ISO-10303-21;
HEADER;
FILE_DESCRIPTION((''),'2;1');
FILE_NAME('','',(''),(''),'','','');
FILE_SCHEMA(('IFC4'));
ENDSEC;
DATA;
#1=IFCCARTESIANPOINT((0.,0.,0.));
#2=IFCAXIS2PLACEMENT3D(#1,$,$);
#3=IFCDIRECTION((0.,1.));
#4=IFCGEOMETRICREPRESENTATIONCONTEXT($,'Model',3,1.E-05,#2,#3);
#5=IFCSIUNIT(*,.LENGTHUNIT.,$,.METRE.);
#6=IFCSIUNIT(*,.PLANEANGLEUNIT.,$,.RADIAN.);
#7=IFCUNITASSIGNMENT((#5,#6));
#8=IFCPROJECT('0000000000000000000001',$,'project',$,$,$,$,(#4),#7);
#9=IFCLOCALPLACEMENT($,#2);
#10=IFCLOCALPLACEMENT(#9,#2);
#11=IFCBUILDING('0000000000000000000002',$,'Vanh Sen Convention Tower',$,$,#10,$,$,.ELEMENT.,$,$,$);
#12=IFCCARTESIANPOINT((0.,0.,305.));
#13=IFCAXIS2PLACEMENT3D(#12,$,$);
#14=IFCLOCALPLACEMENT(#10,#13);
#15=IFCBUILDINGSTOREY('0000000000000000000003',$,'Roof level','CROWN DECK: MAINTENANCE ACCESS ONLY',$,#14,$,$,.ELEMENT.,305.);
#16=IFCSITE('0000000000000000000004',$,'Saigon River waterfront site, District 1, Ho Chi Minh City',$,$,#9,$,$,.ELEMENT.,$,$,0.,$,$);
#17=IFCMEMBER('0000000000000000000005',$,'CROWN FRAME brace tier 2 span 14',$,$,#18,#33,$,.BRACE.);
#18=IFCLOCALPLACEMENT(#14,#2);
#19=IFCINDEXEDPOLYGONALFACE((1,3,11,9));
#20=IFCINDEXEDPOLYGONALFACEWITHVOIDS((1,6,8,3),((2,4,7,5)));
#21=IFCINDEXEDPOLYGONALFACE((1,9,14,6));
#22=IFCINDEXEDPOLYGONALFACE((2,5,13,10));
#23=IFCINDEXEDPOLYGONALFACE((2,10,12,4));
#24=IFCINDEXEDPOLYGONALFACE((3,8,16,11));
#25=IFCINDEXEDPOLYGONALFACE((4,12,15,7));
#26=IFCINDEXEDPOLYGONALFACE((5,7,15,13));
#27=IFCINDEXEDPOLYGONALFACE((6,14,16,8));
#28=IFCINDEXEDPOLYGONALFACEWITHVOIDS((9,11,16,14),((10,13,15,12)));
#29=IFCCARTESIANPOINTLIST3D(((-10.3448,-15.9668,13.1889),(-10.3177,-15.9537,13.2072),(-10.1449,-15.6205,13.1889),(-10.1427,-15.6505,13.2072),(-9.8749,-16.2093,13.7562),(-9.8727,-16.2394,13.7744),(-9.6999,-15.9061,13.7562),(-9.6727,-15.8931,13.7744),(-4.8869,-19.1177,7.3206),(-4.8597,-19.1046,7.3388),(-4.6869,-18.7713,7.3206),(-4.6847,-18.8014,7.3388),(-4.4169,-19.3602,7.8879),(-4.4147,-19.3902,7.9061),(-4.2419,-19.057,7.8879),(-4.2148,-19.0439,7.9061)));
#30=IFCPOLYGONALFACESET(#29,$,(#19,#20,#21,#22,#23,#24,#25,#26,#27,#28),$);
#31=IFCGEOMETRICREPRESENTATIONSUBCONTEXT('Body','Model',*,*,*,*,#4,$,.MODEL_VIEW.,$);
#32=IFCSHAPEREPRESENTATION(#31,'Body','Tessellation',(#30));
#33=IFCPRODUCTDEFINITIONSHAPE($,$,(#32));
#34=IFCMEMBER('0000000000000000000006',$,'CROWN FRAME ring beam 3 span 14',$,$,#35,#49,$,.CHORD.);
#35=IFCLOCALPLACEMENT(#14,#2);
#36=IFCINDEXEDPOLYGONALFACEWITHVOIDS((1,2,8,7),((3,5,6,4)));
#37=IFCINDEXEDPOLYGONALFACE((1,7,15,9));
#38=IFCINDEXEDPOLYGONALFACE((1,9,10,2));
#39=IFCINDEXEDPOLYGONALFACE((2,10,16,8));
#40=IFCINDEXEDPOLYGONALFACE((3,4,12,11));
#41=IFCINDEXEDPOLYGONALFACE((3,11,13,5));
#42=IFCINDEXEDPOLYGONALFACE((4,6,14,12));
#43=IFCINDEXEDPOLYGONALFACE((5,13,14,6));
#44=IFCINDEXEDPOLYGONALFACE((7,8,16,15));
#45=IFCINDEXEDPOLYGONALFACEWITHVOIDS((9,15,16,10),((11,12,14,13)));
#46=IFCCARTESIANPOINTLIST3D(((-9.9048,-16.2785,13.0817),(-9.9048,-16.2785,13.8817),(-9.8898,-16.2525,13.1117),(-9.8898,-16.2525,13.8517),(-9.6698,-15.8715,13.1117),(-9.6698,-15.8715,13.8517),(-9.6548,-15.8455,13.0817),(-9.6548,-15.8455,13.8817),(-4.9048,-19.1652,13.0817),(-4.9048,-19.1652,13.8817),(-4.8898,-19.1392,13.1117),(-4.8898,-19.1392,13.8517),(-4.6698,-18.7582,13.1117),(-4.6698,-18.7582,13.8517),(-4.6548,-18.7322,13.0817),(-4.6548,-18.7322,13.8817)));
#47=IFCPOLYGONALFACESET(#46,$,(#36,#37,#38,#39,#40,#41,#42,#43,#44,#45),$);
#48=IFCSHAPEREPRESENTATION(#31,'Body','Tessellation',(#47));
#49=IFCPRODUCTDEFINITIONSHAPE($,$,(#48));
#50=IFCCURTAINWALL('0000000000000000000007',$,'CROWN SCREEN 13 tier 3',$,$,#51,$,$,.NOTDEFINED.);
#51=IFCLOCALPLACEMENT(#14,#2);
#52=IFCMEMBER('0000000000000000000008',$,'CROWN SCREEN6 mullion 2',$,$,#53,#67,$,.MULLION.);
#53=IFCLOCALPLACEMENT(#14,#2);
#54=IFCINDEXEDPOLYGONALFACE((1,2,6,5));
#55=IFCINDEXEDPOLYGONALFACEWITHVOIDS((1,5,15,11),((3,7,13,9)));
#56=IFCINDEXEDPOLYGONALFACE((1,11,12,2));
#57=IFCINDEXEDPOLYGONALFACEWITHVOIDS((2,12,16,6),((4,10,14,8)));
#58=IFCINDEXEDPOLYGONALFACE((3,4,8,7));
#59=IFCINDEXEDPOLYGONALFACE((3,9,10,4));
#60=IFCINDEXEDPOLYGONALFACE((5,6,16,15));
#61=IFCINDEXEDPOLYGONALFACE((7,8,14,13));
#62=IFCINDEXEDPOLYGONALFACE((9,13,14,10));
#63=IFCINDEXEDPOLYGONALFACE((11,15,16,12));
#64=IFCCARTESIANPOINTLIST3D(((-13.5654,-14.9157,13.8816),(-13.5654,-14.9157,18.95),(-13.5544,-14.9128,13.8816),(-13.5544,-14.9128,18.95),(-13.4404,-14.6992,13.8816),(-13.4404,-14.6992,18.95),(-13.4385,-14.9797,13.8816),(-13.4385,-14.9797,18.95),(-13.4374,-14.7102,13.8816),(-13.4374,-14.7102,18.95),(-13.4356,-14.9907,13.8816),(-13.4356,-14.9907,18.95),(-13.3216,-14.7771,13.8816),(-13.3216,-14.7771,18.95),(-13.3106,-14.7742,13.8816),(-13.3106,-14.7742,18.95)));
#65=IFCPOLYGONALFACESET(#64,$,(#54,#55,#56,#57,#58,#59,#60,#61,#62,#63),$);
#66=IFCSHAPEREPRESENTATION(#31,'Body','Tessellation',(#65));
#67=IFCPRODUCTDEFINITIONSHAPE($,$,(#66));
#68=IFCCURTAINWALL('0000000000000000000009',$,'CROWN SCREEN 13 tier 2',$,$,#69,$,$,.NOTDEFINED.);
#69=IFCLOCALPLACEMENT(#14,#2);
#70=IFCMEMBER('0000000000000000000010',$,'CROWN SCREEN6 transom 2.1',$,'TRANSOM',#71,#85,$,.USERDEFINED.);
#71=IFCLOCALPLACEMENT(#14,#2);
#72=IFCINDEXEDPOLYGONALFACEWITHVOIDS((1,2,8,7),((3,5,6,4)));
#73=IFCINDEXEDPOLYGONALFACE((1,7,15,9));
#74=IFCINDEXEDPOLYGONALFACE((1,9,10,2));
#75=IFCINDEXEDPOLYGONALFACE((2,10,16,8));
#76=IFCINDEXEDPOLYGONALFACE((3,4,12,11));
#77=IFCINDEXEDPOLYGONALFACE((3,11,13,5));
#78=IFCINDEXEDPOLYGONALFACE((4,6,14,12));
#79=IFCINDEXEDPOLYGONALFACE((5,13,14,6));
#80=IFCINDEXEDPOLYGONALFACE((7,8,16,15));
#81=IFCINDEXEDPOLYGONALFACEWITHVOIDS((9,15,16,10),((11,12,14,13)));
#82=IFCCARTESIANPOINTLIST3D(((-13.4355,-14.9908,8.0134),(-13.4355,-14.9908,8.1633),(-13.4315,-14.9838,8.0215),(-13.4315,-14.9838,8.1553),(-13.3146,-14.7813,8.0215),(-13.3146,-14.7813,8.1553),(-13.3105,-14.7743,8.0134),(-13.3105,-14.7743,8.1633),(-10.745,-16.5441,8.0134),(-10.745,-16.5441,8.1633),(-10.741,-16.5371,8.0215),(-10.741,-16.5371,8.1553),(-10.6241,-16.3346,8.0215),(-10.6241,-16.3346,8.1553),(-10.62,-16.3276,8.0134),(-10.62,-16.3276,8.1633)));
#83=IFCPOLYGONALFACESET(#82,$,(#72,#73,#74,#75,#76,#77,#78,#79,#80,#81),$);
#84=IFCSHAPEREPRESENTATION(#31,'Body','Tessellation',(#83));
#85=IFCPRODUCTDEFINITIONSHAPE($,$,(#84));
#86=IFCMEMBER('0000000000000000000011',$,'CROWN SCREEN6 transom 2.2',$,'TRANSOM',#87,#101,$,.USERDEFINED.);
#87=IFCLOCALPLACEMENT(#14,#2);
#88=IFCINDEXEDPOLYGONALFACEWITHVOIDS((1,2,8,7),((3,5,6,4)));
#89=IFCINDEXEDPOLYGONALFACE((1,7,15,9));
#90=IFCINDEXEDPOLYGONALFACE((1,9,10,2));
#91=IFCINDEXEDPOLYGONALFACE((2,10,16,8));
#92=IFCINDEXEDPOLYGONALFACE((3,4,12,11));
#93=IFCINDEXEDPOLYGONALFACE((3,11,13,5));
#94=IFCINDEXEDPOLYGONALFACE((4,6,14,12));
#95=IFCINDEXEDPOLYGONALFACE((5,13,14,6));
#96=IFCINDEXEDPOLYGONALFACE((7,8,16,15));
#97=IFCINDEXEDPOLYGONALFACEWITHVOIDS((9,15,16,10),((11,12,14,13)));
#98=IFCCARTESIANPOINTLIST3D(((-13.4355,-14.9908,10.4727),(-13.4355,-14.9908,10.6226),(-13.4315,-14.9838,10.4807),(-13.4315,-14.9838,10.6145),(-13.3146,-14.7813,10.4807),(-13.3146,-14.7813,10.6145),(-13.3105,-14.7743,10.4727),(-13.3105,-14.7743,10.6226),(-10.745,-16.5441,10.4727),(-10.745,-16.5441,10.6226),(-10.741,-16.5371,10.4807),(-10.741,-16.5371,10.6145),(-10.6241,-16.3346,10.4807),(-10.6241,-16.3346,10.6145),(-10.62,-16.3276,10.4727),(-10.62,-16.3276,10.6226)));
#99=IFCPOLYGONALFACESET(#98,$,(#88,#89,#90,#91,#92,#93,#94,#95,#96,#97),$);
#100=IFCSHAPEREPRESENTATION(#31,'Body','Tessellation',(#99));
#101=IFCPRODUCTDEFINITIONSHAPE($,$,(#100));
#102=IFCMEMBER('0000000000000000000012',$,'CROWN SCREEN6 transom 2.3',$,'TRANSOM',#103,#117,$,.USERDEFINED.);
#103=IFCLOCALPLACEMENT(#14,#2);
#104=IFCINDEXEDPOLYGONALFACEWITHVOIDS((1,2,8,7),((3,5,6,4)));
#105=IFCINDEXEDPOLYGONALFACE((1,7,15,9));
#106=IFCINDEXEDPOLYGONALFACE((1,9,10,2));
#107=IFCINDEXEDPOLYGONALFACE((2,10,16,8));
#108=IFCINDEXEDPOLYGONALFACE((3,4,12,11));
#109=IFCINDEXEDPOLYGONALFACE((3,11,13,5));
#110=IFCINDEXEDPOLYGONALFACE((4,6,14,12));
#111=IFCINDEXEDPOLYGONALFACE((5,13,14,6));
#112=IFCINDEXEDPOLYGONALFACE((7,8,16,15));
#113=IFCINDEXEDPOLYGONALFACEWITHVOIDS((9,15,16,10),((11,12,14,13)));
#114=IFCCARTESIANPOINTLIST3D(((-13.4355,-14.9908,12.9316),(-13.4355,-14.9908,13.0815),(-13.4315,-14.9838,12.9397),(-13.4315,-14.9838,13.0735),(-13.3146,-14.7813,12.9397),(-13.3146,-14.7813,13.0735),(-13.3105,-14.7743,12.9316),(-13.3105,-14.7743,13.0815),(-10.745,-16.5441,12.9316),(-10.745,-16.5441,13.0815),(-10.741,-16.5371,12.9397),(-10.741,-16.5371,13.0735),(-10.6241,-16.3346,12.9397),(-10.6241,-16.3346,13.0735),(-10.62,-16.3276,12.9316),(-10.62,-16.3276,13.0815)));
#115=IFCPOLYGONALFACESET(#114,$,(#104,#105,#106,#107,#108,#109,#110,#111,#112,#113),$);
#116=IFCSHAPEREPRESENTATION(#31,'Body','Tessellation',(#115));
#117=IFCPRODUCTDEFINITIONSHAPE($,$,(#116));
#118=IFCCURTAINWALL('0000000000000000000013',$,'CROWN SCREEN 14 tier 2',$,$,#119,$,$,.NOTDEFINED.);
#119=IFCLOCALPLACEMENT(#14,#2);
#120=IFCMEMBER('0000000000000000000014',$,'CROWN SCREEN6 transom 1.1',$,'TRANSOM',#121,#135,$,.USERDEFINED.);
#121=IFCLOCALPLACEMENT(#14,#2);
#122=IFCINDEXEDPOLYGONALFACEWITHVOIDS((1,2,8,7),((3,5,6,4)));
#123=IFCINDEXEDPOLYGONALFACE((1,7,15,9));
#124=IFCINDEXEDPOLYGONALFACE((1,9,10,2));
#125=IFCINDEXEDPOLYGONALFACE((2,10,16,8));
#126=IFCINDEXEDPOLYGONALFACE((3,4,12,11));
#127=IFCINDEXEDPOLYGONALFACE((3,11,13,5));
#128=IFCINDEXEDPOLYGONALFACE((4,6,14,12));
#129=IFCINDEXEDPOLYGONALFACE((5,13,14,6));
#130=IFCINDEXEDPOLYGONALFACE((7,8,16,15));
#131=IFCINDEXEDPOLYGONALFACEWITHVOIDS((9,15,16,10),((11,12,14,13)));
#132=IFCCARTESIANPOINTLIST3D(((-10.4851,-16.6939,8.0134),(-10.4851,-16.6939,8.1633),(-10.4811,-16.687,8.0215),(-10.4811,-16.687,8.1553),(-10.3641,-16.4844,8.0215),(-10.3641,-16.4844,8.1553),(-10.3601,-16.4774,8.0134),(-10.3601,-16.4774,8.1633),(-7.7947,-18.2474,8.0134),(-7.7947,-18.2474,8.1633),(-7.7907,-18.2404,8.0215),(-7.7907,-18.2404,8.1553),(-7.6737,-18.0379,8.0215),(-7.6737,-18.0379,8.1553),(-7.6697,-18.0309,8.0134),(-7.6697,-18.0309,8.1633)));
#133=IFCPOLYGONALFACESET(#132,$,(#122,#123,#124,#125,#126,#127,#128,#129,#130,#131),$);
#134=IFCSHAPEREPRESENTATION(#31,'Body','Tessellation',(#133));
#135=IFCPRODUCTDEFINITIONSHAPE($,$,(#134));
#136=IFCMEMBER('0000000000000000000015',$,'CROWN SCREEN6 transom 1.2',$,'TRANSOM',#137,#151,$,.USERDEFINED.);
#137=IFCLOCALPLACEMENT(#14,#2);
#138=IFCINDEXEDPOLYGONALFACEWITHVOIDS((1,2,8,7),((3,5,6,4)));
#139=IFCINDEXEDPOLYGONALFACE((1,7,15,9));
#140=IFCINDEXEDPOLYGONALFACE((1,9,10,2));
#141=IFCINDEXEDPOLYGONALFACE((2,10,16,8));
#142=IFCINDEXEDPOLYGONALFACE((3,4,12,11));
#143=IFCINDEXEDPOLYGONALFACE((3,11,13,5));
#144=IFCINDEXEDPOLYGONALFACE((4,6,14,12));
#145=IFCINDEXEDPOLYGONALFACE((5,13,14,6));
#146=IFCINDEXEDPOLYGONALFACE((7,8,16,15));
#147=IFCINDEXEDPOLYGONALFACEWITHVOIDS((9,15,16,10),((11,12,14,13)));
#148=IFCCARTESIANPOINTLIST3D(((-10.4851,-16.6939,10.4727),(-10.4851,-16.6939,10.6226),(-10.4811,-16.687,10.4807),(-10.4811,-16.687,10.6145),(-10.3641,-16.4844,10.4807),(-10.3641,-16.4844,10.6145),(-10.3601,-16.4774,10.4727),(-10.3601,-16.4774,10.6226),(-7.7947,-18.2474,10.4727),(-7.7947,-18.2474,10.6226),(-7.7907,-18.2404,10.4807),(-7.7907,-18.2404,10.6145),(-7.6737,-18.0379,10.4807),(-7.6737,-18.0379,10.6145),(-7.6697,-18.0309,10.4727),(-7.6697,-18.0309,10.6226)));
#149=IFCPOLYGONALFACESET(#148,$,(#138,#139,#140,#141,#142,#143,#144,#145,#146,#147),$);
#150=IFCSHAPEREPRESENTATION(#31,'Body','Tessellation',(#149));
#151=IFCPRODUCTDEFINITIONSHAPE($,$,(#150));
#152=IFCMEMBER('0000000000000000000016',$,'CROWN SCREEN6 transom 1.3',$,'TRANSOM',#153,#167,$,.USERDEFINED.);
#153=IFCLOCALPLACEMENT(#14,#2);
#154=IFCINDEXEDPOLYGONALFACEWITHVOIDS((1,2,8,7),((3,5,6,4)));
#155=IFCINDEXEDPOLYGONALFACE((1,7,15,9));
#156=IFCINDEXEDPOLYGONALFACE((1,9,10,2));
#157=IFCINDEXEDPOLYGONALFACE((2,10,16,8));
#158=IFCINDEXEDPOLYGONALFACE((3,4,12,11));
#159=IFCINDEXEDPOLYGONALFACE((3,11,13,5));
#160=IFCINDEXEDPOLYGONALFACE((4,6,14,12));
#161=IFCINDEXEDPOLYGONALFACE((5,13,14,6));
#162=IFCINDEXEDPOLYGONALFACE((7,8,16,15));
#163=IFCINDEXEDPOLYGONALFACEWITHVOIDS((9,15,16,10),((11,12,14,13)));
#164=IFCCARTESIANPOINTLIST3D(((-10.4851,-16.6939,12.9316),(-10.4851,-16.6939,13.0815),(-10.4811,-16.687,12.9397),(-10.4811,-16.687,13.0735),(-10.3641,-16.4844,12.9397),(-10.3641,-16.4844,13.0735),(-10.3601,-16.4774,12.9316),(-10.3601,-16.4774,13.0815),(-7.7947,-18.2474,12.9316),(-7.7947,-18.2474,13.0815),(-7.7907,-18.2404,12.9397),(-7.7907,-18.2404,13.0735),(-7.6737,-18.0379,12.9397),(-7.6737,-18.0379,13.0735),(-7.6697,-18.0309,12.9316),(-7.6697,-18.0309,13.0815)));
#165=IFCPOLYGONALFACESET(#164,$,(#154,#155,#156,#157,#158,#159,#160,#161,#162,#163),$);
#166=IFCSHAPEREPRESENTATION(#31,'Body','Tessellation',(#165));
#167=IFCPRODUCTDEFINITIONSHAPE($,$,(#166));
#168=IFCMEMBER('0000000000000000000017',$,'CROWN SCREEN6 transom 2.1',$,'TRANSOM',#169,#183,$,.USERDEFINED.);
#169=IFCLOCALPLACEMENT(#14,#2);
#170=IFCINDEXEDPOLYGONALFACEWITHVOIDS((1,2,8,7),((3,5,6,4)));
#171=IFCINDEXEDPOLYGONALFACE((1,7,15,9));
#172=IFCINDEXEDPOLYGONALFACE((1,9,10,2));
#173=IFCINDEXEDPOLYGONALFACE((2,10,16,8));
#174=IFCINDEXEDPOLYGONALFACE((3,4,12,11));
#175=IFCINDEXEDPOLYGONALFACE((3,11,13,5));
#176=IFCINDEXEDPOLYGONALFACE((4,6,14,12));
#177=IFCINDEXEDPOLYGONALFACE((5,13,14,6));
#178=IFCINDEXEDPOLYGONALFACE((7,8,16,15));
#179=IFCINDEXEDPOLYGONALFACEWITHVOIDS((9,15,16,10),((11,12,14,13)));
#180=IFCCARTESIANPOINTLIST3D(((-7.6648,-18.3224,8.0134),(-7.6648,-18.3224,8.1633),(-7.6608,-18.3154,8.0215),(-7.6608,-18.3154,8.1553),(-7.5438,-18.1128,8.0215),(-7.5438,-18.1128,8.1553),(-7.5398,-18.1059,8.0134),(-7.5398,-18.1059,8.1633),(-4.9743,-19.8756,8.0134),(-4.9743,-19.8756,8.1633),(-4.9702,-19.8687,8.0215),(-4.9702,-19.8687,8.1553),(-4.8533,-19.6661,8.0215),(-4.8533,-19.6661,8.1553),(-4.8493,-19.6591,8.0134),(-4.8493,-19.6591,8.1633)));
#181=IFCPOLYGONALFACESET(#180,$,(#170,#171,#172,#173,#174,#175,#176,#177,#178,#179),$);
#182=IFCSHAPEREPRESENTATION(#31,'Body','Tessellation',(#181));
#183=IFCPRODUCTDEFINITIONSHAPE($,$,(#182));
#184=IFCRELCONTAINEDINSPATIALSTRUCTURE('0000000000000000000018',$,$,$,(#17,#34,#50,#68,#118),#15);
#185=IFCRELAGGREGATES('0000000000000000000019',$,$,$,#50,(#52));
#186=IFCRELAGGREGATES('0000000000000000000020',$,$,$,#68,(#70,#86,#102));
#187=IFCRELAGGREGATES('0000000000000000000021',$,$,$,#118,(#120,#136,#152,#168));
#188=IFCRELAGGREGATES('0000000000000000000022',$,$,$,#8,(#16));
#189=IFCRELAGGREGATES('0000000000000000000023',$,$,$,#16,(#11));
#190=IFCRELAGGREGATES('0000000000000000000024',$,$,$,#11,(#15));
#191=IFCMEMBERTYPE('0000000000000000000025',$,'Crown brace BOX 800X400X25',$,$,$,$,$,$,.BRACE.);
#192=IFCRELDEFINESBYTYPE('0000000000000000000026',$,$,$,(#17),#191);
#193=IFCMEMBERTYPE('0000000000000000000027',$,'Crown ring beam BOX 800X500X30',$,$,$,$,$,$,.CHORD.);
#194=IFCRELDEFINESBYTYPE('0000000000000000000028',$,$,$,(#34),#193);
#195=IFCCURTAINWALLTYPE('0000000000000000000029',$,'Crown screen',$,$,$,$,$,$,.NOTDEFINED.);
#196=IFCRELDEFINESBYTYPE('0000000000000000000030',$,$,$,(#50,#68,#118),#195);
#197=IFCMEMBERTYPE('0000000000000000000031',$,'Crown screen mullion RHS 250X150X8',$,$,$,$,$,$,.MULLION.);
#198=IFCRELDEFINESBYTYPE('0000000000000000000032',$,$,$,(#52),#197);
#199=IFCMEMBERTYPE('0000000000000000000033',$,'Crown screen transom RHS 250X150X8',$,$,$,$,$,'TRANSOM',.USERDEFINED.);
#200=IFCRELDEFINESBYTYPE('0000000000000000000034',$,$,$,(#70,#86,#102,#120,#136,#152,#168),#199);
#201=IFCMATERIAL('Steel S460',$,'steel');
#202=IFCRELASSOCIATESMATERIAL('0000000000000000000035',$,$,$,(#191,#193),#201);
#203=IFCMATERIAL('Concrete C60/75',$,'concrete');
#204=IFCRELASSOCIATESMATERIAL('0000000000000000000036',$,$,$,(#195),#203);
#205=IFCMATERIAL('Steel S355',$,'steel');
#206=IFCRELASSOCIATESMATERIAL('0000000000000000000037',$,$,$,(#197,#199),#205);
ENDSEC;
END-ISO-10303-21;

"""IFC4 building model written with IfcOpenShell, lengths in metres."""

from ifc_helpers import new_model, si_unit, direction, frame, origin, origin_2d, place, context, subcontext, project, spatial, hollow_rectangle, extrude, material, material_profile, profile_set, type_object, element, aggregate, save


model = new_model("IFC4")

# Units and contexts
model_context = context("Model", 3, precision=1e-05, world=origin(), true_north=direction((0.0, 1.0)))
body_context = subcontext(model_context, "Body", "Model", "MODEL_VIEW")
ifc_project = project(units=[si_unit("LENGTHUNIT", "METRE"), si_unit("PLANEANGLEUNIT", "RADIAN")], contexts=[model_context])

# Site, building, storey
site_placement = place(None, origin())
site = spatial("IfcSite", under=ifc_project, at=site_placement, Name="Saigon River waterfront site, District 1, Ho Chi Minh City", CompositionType="ELEMENT", RefElevation=0.0)
building_placement = place(site_placement, origin())
building = spatial("IfcBuilding", under=site, at=building_placement, Name="Vanh Sen Convention Tower", CompositionType="ELEMENT")
storey_placement = place(building_placement, frame((0.0, 0.0, 305.0)))
storey = spatial("IfcBuildingStorey", under=building, at=storey_placement, Name="Roof level", Description="CROWN DECK: MAINTENANCE ACCESS ONLY", CompositionType="ELEMENT", Elevation=305.0)

# Members
ifc_material_1 = material(Name="Steel S460", Category="steel")
ifc_material_profile_1 = material_profile(ifc_material_1, hollow_rectangle(XDim=0.3999, YDim=0.8, WallThickness=0.0249, at=origin_2d()), Name="BOX 800X400X25")
ifc_profile_set_1 = profile_set([ifc_material_profile_1], Name="Steel S460")
member_type_1 = type_object("IfcMemberType", Name="Crown brace BOX 800X400X25", PredefinedType="BRACE", material=ifc_profile_set_1)
member_1_placement = place(storey_placement, frame((-10.0088, -15.9299, 13.4817), z_axis=(0.633812, -0.365897, -0.68147), x_axis=(0.499964, 0.866046, 0.0)))
element("IfcMember", 1, at=member_1_placement, inside=storey, type_object=member_type_1, Name="CROWN FRAME brace tier 2 span 14", PredefinedType="BRACE", context=body_context, shape_type="SweptSolid", body=[
    extrude(hollow_rectangle(XDim=0.3999, YDim=0.8, WallThickness=0.0249, at=origin_2d()), origin(), (0.0, 0.0, 1.0), 8.6113),
])
ifc_material_profile_2 = material_profile(ifc_material_1, hollow_rectangle(XDim=0.5, YDim=0.8, WallThickness=0.03, at=origin_2d()), Name="BOX 800X500X30")
ifc_profile_set_2 = profile_set([ifc_material_profile_2], Name="Steel S460")
member_type_2 = type_object("IfcMemberType", Name="Crown ring beam BOX 800X500X30", PredefinedType="CHORD", material=ifc_profile_set_2)
member_2_placement = place(storey_placement, frame((-9.7798, -16.062, 13.4817), z_axis=(0.866028, -0.499996, 0.0), x_axis=(0.499996, 0.866028, 0.0)))
element("IfcMember", 2, at=member_2_placement, inside=storey, type_object=member_type_2, Name="CROWN FRAME ring beam 3 span 14", PredefinedType="CHORD", context=body_context, shape_type="SweptSolid", body=[
    extrude(hollow_rectangle(XDim=0.5, YDim=0.8, WallThickness=0.03, at=origin_2d()), origin(), (0.0, 0.0, 1.0), 5.7734),
])

# Curtain wall, member
ifc_material_2 = material(Name="Concrete C60/75", Category="concrete")
curtain_wall_type = type_object("IfcCurtainWallType", Name="Crown screen", PredefinedType="NOTDEFINED", material=ifc_material_2)
curtain_wall_1_placement = place(storey_placement, origin())
curtain_wall_1 = element("IfcCurtainWall", 3, at=curtain_wall_1_placement, inside=storey, type_object=curtain_wall_type, Name="CROWN SCREEN 13 tier 3", PredefinedType="NOTDEFINED")
ifc_material_3 = material(Name="Steel S355", Category="steel")
ifc_material_profile_3 = material_profile(ifc_material_3, hollow_rectangle(XDim=0.25, YDim=0.1499, WallThickness=0.0081, at=origin_2d()), Name="RHS 250X150X8")
ifc_profile_set_3 = profile_set([ifc_material_profile_3], Name="Steel S355")
member_type_3 = type_object("IfcMemberType", Name="Crown screen mullion RHS 250X150X8", PredefinedType="MULLION", material=ifc_profile_set_3)
member_3_placement = place(storey_placement, frame((-13.438, -14.845, 13.8816), z_axis=(0.0, 0.0, 1.0), x_axis=(0.500005, 0.866023, 0.0)))
member_3 = element("IfcMember", 4, at=member_3_placement, type_object=member_type_3, Name="CROWN SCREEN6 mullion 2", PredefinedType="MULLION", context=body_context, shape_type="SweptSolid", body=[
    extrude(hollow_rectangle(XDim=0.25, YDim=0.1499, WallThickness=0.0081, at=origin_2d()), origin(), (0.0, 0.0, 1.0), 5.0684),
])
aggregate(curtain_wall_1, [member_3])

# Curtain walls, members
curtain_wall_2_placement = place(storey_placement, origin())
curtain_wall_2 = element("IfcCurtainWall", 5, at=curtain_wall_2_placement, inside=storey, type_object=curtain_wall_type, Name="CROWN SCREEN 13 tier 2", PredefinedType="NOTDEFINED")
ifc_material_profile_4 = material_profile(ifc_material_3, hollow_rectangle(XDim=0.25, YDim=0.1499, WallThickness=0.0081, at=origin_2d()), Name="RHS 250X150X8")
ifc_profile_set_4 = profile_set([ifc_material_profile_4], Name="Steel S355")
member_type_4 = type_object("IfcMemberType", Name="Crown screen transom RHS 250X150X8", ElementType="TRANSOM", PredefinedType="USERDEFINED", material=ifc_profile_set_4)
member_4_placement = place(storey_placement, frame((-13.373, -14.8826, 8.0884), z_axis=(0.866039, -0.499976, 0.0), x_axis=(0.499976, 0.866039, 0.0)))
member_4 = element("IfcMember", 6, at=member_4_placement, type_object=member_type_4, Name="CROWN SCREEN6 transom 2.1", ObjectType="TRANSOM", PredefinedType="USERDEFINED", context=body_context, shape_type="SweptSolid", body=[
    extrude(hollow_rectangle(XDim=0.25, YDim=0.1499, WallThickness=0.0081, at=origin_2d()), origin(), (0.0, 0.0, 1.0), 3.1067),
])
member_5_placement = place(storey_placement, frame((-13.373, -14.8826, 10.5476), z_axis=(0.866039, -0.499976, 0.0), x_axis=(0.499976, 0.866039, 0.0)))
member_5 = element("IfcMember", 7, at=member_5_placement, type_object=member_type_4, Name="CROWN SCREEN6 transom 2.2", ObjectType="TRANSOM", PredefinedType="USERDEFINED", context=body_context, shape_type="SweptSolid", body=[
    extrude(hollow_rectangle(XDim=0.25, YDim=0.1499, WallThickness=0.0081, at=origin_2d()), origin(), (0.0, 0.0, 1.0), 3.1067),
])
member_6_placement = place(storey_placement, frame((-13.373, -14.8826, 13.0066), z_axis=(0.866039, -0.499976, 0.0), x_axis=(0.499976, 0.866039, 0.0)))
member_6 = element("IfcMember", 8, at=member_6_placement, type_object=member_type_4, Name="CROWN SCREEN6 transom 2.3", ObjectType="TRANSOM", PredefinedType="USERDEFINED", context=body_context, shape_type="SweptSolid", body=[
    extrude(hollow_rectangle(XDim=0.25, YDim=0.1499, WallThickness=0.0081, at=origin_2d()), origin(), (0.0, 0.0, 1.0), 3.1067),
])
curtain_wall_3_placement = place(storey_placement, origin())
curtain_wall_3 = element("IfcCurtainWall", 9, at=curtain_wall_3_placement, inside=storey, type_object=curtain_wall_type, Name="CROWN SCREEN 14 tier 2", PredefinedType="NOTDEFINED")
member_7_placement = place(storey_placement, frame((-10.4226, -16.5857, 8.0884), z_axis=(0.866005, -0.500035, 0.0), x_axis=(0.500035, 0.866005, 0.0)))
member_7 = element("IfcMember", 10, at=member_7_placement, type_object=member_type_4, Name="CROWN SCREEN6 transom 1.1", ObjectType="TRANSOM", PredefinedType="USERDEFINED", context=body_context, shape_type="SweptSolid", body=[
    extrude(hollow_rectangle(XDim=0.25, YDim=0.1499, WallThickness=0.0081, at=origin_2d()), origin(), (0.0, 0.0, 1.0), 3.1067),
])
member_8_placement = place(storey_placement, frame((-10.4226, -16.5857, 10.5476), z_axis=(0.866005, -0.500035, 0.0), x_axis=(0.500035, 0.866005, 0.0)))
member_8 = element("IfcMember", 11, at=member_8_placement, type_object=member_type_4, Name="CROWN SCREEN6 transom 1.2", ObjectType="TRANSOM", PredefinedType="USERDEFINED", context=body_context, shape_type="SweptSolid", body=[
    extrude(hollow_rectangle(XDim=0.25, YDim=0.1499, WallThickness=0.0081, at=origin_2d()), origin(), (0.0, 0.0, 1.0), 3.1067),
])
member_9_placement = place(storey_placement, frame((-10.4226, -16.5857, 13.0066), z_axis=(0.866005, -0.500035, 0.0), x_axis=(0.500035, 0.866005, 0.0)))
member_9 = element("IfcMember", 12, at=member_9_placement, type_object=member_type_4, Name="CROWN SCREEN6 transom 1.3", ObjectType="TRANSOM", PredefinedType="USERDEFINED", context=body_context, shape_type="SweptSolid", body=[
    extrude(hollow_rectangle(XDim=0.25, YDim=0.1499, WallThickness=0.0081, at=origin_2d()), origin(), (0.0, 0.0, 1.0), 3.1067),
])
member_10_placement = place(storey_placement, frame((-7.6023, -18.2141, 8.0884), z_axis=(0.866039, -0.499976, 0.0), x_axis=(0.499976, 0.866039, 0.0)))
member_10 = element("IfcMember", 13, at=member_10_placement, type_object=member_type_4, Name="CROWN SCREEN6 transom 2.1", ObjectType="TRANSOM", PredefinedType="USERDEFINED", context=body_context, shape_type="SweptSolid", body=[
    extrude(hollow_rectangle(XDim=0.25, YDim=0.1499, WallThickness=0.0081, at=origin_2d()), origin(), (0.0, 0.0, 1.0), 3.1067),
])

aggregate(curtain_wall_2, [member_4, member_5, member_6])
aggregate(curtain_wall_3, [member_7, member_8, member_9, member_10])

save(model, "model.ifc")
